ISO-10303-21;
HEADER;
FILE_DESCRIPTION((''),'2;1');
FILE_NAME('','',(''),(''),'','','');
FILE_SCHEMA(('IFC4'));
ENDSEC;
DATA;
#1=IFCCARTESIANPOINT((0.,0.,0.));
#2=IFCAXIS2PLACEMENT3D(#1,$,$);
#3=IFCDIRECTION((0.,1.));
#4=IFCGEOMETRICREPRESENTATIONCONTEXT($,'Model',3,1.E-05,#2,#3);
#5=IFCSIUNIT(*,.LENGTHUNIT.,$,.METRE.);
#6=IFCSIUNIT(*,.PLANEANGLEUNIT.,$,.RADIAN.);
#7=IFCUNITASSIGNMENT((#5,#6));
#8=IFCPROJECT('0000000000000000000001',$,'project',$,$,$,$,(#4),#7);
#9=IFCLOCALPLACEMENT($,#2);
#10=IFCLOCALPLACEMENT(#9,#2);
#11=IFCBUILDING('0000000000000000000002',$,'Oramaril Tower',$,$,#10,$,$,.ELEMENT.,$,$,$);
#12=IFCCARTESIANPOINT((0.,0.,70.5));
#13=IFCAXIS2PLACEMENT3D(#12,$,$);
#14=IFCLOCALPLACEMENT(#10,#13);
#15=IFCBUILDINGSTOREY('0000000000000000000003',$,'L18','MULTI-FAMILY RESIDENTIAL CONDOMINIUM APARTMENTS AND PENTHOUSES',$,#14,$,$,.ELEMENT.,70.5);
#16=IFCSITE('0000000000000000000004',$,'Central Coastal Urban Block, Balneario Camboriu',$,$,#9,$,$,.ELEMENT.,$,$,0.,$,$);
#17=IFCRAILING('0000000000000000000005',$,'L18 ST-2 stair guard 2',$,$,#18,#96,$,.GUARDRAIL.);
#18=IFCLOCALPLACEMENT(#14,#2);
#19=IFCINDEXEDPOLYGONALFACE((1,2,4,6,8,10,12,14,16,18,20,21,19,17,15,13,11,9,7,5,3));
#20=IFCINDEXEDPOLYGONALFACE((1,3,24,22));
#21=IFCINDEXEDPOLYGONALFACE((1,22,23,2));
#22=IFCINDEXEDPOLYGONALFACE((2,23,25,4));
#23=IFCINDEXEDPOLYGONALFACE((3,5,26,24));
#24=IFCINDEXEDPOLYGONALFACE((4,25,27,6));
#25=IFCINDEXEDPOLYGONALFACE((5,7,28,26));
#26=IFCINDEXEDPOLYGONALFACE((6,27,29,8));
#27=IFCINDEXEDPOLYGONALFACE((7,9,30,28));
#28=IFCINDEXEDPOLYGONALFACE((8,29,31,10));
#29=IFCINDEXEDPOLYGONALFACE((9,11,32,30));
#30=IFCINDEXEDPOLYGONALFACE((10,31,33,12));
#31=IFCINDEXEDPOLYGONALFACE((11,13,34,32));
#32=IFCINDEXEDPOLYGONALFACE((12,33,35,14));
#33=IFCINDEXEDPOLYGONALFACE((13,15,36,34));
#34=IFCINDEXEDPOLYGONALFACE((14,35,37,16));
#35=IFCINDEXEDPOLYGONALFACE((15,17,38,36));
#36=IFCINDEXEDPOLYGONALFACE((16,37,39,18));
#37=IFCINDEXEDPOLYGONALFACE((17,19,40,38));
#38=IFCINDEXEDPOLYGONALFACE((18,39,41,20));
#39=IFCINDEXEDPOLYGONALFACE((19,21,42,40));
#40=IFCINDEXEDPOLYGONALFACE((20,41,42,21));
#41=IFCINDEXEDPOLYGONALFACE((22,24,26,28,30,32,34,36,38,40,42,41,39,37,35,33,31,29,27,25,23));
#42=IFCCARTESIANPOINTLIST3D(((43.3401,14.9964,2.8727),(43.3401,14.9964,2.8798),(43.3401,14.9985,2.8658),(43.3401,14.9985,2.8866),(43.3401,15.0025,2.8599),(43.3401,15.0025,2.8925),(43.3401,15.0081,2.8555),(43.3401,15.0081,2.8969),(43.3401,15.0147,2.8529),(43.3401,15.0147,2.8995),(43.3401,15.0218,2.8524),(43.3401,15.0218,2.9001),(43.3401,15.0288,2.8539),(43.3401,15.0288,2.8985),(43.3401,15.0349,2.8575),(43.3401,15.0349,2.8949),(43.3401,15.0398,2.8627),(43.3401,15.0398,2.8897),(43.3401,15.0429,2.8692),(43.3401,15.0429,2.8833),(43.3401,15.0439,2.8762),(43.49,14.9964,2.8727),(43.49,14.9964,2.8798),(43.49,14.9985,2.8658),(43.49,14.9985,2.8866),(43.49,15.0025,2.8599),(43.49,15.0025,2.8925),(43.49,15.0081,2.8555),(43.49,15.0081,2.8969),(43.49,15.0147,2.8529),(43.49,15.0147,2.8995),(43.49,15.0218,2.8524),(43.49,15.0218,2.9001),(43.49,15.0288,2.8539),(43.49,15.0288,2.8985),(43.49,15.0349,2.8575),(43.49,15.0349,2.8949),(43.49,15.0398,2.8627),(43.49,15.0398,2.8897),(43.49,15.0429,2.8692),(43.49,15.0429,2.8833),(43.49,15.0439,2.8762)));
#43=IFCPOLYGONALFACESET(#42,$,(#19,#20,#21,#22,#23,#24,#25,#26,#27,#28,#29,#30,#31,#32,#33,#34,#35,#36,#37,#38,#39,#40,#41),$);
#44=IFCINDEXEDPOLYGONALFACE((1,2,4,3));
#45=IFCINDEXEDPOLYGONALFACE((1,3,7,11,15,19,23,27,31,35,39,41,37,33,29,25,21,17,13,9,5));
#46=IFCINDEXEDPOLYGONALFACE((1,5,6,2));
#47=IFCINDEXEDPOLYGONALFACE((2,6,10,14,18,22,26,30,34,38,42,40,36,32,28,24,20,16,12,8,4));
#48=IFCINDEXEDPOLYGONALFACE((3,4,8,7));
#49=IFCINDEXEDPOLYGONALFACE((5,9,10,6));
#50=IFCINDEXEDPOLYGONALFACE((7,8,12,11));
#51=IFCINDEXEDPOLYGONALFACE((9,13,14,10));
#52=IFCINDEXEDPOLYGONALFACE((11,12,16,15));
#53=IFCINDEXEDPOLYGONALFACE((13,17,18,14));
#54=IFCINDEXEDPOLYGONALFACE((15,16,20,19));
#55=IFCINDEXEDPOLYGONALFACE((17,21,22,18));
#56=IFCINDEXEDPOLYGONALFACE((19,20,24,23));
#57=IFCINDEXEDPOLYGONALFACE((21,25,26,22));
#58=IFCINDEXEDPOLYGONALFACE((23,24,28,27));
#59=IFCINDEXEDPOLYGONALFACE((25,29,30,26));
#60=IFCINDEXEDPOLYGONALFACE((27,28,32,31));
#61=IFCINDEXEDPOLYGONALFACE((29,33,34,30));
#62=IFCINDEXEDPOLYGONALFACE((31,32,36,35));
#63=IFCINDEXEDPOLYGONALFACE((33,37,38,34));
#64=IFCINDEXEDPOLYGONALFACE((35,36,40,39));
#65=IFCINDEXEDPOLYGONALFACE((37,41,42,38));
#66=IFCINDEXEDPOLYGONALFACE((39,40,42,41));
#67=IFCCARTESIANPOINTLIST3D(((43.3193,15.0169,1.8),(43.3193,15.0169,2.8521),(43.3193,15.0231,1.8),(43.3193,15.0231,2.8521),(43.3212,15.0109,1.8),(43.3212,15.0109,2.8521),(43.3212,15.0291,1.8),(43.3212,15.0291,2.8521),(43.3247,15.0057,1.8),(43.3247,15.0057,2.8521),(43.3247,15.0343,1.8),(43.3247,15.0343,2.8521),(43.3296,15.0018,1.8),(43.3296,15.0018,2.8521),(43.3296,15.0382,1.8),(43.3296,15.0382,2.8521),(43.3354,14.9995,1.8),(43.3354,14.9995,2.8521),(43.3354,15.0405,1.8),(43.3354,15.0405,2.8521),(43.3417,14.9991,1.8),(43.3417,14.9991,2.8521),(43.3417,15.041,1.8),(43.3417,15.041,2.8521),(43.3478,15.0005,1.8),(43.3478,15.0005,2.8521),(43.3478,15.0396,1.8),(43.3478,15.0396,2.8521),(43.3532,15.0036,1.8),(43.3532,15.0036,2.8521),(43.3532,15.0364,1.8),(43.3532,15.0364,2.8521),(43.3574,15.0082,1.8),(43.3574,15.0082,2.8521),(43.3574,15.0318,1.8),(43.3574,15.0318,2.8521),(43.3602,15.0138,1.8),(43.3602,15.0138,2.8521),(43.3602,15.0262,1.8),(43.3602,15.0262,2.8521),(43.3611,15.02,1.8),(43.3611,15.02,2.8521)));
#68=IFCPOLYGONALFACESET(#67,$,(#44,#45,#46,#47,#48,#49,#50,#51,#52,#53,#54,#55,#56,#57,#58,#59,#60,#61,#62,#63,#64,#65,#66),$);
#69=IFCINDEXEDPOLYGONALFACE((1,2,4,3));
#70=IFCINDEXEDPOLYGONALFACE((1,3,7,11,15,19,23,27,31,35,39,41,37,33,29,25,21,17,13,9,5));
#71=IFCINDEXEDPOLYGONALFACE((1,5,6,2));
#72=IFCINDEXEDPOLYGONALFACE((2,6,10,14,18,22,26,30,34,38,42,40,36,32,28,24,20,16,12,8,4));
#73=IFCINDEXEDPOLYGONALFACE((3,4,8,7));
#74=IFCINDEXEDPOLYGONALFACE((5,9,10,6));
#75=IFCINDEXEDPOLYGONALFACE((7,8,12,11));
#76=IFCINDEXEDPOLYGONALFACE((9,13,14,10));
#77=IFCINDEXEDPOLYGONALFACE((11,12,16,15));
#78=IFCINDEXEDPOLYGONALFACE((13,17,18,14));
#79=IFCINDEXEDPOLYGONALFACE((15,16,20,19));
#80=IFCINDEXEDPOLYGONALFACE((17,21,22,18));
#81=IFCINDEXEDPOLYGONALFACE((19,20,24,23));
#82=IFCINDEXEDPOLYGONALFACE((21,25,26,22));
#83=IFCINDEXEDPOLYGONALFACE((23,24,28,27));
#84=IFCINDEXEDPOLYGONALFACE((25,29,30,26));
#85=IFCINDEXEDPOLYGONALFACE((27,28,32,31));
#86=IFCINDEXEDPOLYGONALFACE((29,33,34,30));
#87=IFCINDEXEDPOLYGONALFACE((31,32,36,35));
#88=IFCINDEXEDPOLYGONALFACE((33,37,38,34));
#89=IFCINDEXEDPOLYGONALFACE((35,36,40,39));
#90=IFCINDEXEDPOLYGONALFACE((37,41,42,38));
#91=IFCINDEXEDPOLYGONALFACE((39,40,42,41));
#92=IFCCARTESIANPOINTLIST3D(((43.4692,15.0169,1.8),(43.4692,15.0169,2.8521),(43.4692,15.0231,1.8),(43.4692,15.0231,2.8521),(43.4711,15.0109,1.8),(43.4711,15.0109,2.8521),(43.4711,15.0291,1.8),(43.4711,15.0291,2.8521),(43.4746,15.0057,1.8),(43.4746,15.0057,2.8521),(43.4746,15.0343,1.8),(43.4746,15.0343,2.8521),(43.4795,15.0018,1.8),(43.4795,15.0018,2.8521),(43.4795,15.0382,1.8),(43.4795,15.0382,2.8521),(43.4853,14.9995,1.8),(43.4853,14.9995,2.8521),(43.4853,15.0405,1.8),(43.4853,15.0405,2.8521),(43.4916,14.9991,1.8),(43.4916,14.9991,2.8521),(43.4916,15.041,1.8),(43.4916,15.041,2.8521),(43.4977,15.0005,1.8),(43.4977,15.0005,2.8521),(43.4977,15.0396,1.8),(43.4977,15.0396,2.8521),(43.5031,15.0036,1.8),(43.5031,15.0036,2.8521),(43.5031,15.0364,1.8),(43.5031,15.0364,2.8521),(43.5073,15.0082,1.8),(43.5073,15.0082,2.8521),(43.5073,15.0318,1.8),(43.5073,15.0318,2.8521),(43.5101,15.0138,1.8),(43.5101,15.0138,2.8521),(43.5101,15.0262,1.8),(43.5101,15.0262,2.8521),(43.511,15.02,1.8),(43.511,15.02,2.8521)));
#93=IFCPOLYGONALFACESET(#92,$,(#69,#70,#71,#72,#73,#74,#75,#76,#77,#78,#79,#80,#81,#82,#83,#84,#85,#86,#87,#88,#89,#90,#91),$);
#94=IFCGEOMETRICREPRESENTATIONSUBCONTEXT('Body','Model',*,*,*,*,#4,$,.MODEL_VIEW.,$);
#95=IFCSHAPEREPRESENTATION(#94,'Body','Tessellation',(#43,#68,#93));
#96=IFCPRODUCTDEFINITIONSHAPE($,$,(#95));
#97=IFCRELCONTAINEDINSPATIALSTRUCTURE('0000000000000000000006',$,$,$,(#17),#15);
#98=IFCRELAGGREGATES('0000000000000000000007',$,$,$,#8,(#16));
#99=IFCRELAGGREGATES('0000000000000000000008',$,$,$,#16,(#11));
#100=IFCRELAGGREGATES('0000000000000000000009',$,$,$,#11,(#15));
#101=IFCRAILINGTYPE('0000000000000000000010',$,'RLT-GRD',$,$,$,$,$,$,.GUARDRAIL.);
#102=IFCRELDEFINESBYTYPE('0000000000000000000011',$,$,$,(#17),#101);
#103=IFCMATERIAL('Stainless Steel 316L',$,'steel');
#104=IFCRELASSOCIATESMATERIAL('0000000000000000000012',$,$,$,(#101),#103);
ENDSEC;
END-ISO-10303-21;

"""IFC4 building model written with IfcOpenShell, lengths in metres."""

from ifc_helpers import new_model, si_unit, direction, frame, origin, origin_2d, place, context, subcontext, project, spatial, circle, extrude, material, type_object, element, save


model = new_model("IFC4")

# Units and contexts
model_context = context("Model", 3, precision=1e-05, world=origin(), true_north=direction((0.0, 1.0)))
body_context = subcontext(model_context, "Body", "Model", "MODEL_VIEW")
ifc_project = project(units=[si_unit("LENGTHUNIT", "METRE"), si_unit("PLANEANGLEUNIT", "RADIAN")], contexts=[model_context])

# Site, building, storey
site_placement = place(None, origin())
site = spatial("IfcSite", under=ifc_project, at=site_placement, Name="Central Coastal Urban Block, Balneario Camboriu", CompositionType="ELEMENT", RefElevation=0.0)
building_placement = place(site_placement, origin())
building = spatial("IfcBuilding", under=site, at=building_placement, Name="Oramaril Tower", CompositionType="ELEMENT")
storey_placement = place(building_placement, frame((0.0, 0.0, 70.5)))
storey = spatial("IfcBuildingStorey", under=building, at=storey_placement, Name="L18", Description="MULTI-FAMILY RESIDENTIAL CONDOMINIUM APARTMENTS AND PENTHOUSES", CompositionType="ELEMENT", Elevation=70.5)

# Railing
ifc_material_1 = material(Name="Stainless Steel 316L", Category="steel")
railing_type_1 = type_object("IfcRailingType", Name="RLT-GRD", PredefinedType="GUARDRAIL", material=ifc_material_1)
railing_1_placement = place(storey_placement, frame((43.3401, 15.02, 1.8)))
element("IfcRailing", 1, at=railing_1_placement, inside=storey, type_object=railing_type_1, Name="L18 ST-2 stair guard 2", PredefinedType="GUARDRAIL", context=body_context, shape_type="SweptSolid", body=[
    extrude(circle(Radius=0.0239, at=origin_2d()), frame((0.0, 0.0, 1.0762), z_axis=(1.0, 0.0, 0.0), x_axis=(0.0, 1.0, 0.0)), (0.0, 0.0, 1.0), 0.1499),
    extrude(circle(Radius=0.021, at=origin_2d()), origin(), (0.0, 0.0, 1.0), 1.052),
    extrude(circle(Radius=0.021, at=origin_2d()), frame((0.1499, 0.0, 0.0)), (0.0, 0.0, 1.0), 1.052),
])

save(model, "model.ifc")
